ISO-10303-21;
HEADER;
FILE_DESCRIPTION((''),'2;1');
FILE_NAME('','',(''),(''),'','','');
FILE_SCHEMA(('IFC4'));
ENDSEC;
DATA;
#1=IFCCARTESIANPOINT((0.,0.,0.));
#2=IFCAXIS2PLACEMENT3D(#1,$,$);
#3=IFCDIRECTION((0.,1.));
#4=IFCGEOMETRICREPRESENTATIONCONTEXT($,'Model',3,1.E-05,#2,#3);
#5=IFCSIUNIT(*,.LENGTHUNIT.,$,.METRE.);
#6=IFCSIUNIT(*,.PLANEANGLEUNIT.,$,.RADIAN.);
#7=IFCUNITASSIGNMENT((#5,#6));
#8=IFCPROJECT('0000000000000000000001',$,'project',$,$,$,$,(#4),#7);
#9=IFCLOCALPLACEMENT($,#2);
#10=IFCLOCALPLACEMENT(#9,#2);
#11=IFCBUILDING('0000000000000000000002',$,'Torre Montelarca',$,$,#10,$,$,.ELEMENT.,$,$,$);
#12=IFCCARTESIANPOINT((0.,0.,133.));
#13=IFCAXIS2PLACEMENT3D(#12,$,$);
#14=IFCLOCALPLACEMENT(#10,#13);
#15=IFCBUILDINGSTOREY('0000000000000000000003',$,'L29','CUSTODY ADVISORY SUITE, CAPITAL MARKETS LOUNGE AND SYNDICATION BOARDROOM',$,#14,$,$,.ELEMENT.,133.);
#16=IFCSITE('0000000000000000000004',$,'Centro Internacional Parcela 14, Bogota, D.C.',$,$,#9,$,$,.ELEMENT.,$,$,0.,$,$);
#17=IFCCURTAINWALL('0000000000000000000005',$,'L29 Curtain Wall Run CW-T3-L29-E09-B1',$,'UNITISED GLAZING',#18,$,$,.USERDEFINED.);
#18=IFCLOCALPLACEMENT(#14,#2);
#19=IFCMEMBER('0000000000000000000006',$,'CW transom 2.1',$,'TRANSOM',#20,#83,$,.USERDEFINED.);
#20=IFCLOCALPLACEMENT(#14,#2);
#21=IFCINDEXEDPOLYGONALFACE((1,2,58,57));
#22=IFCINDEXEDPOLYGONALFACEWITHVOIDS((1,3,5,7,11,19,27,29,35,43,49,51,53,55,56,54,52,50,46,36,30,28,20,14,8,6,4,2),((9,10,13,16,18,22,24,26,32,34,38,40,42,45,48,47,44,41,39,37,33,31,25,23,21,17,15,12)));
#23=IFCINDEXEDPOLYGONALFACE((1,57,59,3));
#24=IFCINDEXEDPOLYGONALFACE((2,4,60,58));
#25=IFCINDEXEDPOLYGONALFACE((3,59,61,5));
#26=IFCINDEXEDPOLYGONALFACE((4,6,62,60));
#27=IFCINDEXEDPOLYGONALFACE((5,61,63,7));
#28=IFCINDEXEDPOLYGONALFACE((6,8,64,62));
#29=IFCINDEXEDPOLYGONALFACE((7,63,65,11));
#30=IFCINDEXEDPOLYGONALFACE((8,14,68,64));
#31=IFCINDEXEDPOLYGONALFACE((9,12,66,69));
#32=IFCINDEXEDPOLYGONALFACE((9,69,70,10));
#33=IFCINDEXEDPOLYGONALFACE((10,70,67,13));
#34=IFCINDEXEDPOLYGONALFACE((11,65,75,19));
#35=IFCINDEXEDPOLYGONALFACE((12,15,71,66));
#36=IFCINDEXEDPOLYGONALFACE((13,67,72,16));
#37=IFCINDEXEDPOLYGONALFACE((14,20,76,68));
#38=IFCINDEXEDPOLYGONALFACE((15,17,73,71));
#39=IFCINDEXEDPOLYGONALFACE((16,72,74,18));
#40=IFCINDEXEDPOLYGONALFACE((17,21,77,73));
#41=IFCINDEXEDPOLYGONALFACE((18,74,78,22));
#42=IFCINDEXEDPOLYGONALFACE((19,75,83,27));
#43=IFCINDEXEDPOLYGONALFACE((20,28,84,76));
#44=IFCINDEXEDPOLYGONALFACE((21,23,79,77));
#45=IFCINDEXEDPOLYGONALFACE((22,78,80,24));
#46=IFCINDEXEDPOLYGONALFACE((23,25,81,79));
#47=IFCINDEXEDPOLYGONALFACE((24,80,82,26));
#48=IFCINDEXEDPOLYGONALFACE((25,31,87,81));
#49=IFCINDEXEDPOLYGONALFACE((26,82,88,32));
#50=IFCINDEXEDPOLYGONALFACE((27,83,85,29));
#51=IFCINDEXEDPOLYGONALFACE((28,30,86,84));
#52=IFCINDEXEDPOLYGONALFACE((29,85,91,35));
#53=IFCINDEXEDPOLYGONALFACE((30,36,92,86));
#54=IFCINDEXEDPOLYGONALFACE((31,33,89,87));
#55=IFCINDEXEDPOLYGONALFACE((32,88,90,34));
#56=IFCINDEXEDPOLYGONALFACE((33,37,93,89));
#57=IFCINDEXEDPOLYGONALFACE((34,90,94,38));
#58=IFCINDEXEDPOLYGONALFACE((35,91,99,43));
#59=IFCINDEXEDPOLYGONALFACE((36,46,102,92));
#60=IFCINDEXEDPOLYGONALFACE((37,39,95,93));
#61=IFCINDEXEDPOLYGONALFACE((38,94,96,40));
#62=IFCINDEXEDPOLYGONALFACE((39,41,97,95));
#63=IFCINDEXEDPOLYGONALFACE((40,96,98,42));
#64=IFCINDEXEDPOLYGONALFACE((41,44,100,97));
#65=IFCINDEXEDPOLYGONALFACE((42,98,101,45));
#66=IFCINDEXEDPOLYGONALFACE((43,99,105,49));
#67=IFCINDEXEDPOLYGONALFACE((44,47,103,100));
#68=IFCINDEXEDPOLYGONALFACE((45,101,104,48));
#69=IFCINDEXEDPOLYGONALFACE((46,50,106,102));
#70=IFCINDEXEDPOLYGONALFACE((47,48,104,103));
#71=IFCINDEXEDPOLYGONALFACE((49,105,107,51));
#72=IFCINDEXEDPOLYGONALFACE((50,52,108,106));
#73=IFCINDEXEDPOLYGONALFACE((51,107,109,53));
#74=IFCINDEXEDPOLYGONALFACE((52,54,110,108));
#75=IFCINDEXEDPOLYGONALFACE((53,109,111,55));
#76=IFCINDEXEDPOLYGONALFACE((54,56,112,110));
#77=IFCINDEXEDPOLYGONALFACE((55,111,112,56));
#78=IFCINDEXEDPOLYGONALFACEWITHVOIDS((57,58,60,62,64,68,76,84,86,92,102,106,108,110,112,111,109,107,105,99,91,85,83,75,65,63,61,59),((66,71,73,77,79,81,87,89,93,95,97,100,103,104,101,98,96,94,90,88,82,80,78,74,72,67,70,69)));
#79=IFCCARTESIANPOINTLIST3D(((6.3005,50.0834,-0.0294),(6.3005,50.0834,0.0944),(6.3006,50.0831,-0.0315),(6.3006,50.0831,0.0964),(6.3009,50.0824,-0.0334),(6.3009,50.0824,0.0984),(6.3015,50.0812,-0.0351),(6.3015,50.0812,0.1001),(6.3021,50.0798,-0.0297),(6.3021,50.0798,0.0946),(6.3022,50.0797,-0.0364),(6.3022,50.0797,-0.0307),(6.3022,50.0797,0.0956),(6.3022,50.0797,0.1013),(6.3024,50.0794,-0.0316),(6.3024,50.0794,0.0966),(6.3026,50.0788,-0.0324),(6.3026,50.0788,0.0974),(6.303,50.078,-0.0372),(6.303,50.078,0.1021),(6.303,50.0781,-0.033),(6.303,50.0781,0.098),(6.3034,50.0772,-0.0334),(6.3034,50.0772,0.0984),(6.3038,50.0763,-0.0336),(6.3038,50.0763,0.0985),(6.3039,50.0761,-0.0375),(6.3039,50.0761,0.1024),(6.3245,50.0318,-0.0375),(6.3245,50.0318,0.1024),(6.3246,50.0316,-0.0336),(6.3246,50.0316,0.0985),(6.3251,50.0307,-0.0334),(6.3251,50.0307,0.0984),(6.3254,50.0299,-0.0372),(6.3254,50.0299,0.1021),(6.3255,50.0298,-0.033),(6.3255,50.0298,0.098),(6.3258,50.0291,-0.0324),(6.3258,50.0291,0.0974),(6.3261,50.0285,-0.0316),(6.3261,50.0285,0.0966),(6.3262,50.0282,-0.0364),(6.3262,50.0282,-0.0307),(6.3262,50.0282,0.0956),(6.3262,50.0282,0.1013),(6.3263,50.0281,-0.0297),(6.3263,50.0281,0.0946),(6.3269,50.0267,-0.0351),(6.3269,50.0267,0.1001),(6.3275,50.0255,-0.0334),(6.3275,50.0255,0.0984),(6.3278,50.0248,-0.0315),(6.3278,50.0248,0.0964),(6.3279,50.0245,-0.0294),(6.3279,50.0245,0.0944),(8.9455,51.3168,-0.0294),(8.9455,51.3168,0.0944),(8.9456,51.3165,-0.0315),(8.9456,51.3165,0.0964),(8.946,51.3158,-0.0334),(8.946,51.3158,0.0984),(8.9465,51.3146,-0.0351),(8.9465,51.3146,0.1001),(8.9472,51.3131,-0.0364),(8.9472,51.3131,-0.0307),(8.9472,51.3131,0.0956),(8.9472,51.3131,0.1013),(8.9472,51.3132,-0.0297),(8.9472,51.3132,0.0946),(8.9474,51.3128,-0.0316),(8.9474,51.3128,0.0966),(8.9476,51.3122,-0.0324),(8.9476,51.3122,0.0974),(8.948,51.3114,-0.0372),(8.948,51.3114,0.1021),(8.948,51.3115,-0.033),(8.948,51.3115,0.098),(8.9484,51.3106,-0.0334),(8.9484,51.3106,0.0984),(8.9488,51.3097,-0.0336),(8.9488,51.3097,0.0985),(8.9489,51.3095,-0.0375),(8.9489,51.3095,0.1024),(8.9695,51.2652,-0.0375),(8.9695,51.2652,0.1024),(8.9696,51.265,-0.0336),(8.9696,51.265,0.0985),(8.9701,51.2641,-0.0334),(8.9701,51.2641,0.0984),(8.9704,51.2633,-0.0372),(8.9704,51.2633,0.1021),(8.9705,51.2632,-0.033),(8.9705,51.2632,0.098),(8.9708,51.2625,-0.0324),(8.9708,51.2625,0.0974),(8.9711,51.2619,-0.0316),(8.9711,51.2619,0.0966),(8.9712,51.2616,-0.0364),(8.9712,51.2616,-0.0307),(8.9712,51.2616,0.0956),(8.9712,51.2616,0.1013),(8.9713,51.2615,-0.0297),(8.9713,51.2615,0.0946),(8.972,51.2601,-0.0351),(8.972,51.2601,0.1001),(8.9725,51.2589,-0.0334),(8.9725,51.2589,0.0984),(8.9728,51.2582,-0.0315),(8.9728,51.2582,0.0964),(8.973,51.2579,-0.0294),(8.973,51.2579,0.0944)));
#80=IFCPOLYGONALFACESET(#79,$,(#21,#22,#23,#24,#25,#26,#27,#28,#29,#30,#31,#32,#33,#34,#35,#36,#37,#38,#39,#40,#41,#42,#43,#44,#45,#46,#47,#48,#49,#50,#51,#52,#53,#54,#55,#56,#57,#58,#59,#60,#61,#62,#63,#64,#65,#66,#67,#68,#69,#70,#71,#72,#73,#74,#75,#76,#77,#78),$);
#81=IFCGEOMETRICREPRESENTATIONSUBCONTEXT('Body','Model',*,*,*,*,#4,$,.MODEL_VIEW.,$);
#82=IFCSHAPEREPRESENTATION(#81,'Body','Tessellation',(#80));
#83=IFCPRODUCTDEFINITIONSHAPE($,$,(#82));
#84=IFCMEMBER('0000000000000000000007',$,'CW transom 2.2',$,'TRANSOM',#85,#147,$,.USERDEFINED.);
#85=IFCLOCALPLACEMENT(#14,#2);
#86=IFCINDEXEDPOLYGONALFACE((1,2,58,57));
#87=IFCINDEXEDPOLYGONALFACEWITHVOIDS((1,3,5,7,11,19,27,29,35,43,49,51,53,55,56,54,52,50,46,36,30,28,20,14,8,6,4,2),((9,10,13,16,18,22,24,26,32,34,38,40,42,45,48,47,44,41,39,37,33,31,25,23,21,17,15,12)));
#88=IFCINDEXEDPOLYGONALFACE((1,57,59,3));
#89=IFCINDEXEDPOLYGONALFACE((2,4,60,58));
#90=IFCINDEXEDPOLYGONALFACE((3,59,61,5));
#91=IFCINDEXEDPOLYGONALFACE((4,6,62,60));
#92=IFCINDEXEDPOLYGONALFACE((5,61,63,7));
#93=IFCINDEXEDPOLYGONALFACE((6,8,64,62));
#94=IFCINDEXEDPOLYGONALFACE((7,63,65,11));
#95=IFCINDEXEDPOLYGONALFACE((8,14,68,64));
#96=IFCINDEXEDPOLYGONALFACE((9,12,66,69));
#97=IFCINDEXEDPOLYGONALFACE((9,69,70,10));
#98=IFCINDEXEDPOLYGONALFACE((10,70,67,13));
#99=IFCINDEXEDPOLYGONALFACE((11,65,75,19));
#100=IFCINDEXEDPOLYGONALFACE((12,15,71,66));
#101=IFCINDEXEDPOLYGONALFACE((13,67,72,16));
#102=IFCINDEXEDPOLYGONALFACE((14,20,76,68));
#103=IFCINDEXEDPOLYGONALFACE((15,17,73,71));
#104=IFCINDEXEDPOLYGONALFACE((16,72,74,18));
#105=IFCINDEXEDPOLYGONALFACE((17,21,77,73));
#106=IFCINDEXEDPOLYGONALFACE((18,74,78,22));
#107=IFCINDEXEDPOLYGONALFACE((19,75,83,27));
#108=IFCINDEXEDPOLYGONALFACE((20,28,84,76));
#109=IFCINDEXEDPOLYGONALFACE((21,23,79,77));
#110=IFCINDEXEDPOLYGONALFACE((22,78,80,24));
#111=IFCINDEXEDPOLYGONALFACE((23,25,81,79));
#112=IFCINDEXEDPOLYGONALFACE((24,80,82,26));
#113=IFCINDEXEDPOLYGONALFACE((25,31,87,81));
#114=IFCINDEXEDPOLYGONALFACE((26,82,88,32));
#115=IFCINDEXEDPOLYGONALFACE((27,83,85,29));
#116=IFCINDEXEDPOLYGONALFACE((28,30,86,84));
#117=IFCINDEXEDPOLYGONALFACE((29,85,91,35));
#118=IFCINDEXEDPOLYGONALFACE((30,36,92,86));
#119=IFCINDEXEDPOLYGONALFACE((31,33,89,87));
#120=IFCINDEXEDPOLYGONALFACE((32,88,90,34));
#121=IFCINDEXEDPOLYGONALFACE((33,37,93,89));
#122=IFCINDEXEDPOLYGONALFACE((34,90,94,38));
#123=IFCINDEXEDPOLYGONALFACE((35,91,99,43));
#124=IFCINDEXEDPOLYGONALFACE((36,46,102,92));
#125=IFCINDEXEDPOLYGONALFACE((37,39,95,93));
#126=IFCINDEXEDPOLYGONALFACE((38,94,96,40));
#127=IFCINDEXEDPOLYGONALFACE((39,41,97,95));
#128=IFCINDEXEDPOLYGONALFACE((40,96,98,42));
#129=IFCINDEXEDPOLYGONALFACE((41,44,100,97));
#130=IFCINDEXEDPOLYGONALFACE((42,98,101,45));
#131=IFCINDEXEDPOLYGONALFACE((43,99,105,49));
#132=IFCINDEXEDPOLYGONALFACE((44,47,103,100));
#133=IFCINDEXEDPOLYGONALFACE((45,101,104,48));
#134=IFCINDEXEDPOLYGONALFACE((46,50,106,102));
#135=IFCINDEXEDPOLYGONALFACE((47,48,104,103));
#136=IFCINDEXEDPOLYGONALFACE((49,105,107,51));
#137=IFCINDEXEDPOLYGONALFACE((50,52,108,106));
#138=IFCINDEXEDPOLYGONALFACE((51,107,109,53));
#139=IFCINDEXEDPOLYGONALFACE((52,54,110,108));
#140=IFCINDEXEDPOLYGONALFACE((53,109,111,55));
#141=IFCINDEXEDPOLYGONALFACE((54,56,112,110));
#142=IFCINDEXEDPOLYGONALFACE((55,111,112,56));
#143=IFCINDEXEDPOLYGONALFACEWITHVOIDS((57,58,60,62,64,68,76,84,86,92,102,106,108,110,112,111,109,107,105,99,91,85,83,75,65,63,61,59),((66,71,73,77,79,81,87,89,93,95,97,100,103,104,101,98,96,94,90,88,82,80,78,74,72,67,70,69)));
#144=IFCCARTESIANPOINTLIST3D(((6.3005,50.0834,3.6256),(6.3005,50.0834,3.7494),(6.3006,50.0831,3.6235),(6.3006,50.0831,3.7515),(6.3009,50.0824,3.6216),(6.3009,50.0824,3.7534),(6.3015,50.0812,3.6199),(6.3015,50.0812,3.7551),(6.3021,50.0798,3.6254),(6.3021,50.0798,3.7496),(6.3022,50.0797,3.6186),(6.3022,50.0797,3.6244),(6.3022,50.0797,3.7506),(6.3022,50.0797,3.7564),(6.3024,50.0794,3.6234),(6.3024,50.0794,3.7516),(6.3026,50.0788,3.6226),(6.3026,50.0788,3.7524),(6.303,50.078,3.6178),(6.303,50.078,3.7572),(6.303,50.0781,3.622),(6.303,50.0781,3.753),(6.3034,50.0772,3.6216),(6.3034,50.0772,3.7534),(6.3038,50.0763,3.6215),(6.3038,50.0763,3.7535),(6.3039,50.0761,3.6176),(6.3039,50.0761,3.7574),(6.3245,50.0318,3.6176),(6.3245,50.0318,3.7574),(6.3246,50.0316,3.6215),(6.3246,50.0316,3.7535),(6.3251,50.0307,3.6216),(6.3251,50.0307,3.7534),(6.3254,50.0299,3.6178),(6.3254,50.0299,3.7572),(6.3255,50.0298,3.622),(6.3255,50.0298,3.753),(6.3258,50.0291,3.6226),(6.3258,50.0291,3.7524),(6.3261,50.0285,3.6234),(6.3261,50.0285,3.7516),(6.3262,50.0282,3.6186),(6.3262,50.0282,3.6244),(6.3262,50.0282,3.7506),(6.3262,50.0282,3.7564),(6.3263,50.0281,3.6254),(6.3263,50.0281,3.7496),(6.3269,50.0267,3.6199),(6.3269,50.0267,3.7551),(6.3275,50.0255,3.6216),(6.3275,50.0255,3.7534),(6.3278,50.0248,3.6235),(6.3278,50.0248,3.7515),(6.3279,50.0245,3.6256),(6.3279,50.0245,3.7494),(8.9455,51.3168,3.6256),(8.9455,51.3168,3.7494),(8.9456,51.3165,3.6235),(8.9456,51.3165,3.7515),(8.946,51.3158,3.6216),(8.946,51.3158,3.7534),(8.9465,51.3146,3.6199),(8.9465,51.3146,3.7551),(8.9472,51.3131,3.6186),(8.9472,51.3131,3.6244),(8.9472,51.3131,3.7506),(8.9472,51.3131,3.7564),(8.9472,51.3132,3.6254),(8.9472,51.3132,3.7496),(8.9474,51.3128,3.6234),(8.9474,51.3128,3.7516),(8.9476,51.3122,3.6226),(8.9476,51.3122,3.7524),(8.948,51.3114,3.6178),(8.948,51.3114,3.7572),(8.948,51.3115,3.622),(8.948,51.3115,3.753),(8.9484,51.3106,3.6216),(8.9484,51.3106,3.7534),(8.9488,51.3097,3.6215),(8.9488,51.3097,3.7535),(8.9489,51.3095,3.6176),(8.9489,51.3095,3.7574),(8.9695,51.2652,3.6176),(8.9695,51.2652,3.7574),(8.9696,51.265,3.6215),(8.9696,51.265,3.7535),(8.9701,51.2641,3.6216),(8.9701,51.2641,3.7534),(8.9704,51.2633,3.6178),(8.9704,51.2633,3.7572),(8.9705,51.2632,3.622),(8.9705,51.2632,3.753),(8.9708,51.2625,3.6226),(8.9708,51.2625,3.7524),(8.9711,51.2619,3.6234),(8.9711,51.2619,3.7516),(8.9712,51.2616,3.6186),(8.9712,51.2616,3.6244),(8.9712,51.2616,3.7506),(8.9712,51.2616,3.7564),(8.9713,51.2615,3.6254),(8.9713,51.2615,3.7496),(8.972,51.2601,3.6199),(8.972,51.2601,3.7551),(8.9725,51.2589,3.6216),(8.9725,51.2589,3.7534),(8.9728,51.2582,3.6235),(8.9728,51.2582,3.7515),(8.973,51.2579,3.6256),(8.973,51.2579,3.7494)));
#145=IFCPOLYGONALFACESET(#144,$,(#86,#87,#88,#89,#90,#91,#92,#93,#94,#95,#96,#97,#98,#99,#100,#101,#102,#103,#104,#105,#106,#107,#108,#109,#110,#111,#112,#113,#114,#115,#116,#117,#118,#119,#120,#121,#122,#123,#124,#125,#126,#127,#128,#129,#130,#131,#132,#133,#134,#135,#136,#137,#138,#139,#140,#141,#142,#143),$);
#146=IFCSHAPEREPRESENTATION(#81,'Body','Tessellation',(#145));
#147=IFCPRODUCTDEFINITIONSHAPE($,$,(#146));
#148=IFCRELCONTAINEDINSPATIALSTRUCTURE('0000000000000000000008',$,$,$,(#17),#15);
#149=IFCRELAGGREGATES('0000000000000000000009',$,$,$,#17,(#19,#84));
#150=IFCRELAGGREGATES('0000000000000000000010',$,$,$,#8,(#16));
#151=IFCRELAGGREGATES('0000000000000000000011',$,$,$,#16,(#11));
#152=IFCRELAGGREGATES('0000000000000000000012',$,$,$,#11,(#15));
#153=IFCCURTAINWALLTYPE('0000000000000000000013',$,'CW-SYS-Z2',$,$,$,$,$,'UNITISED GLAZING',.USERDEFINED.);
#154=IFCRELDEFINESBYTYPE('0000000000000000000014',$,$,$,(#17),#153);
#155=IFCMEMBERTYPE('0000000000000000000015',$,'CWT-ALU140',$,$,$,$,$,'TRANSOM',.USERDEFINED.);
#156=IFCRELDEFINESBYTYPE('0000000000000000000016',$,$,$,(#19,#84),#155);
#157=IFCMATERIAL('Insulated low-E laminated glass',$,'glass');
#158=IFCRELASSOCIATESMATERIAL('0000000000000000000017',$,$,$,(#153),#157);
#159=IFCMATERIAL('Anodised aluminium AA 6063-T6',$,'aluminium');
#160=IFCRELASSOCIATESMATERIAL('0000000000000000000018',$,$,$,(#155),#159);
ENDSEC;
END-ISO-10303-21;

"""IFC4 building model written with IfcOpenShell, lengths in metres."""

from ifc_helpers import new_model, si_unit, direction, frame, origin, origin_2d, place, context, subcontext, project, spatial, hollow_rectangle, extrude, source, transform, mapped, material, material_profile, profile_set, type_object, element, aggregate, save


model = new_model("IFC4")

# Units and contexts
model_context = context("Model", 3, precision=1e-05, world=origin(), true_north=direction((0.0, 1.0)))
body_context = subcontext(model_context, "Body", "Model", "MODEL_VIEW")
ifc_project = project(units=[si_unit("LENGTHUNIT", "METRE"), si_unit("PLANEANGLEUNIT", "RADIAN")], contexts=[model_context])

# Site, building, storey
site_placement = place(None, origin())
site = spatial("IfcSite", under=ifc_project, at=site_placement, Name="Centro Internacional Parcela 14, Bogota, D.C.", CompositionType="ELEMENT", RefElevation=0.0)
building_placement = place(site_placement, origin())
building = spatial("IfcBuilding", under=site, at=building_placement, Name="Torre Montelarca", CompositionType="ELEMENT")
storey_placement = place(building_placement, frame((0.0, 0.0, 133.0)))
storey = spatial("IfcBuildingStorey", under=building, at=storey_placement, Name="L29", Description="CUSTODY ADVISORY SUITE, CAPITAL MARKETS LOUNGE AND SYNDICATION BOARDROOM", CompositionType="ELEMENT", Elevation=133.0)

# Curtain wall, members
ifc_material_1 = material(Name="Insulated low-E laminated glass", Category="glass")
curtain_wall_type = type_object("IfcCurtainWallType", Name="CW-SYS-Z2", ElementType="UNITISED GLAZING", PredefinedType="USERDEFINED", material=ifc_material_1)
curtain_wall_1_placement = place(storey_placement, origin())
curtain_wall_1 = element("IfcCurtainWall", 1, at=curtain_wall_1_placement, inside=storey, type_object=curtain_wall_type, Name="L29 Curtain Wall Run CW-T3-L29-E09-B1", ObjectType="UNITISED GLAZING", PredefinedType="USERDEFINED")
ifc_material_2 = material(Name="Anodised aluminium AA 6063-T6", Category="aluminium")
ifc_material_profile_1 = material_profile(ifc_material_2, hollow_rectangle(XDim=0.0649, YDim=0.1399, WallThickness=0.0039, InnerFilletRadius=0.0039, OuterFilletRadius=0.0081, at=origin_2d()), Name="ALU65X140X4", Category="aluminium")
ifc_profile_set_1 = profile_set([ifc_material_profile_1], Name="Anodised aluminium AA 6063-T6")
member_type_1 = type_object("IfcMemberType", Name="CWT-ALU140", ElementType="TRANSOM", PredefinedType="USERDEFINED", material=ifc_profile_set_1)
shared_shape_1 = source(origin(), body_context, "Body", "SweptSolid", [
    extrude(hollow_rectangle(XDim=0.0649, YDim=0.1399, WallThickness=0.0039, InnerFilletRadius=0.0039, OuterFilletRadius=0.0081, at=origin_2d()), origin(), (0.0, 0.0, 1.0), 2.9185),
])
member_1_placement = place(storey_placement, frame((8.9592, 51.2874, 0.0325), z_axis=(-0.906307, -0.42262, 0.0), x_axis=(0.42262, -0.906307, 0.0)))
member_1 = element("IfcMember", 2, at=member_1_placement, type_object=member_type_1, Name="CW transom 2.1", ObjectType="TRANSOM", PredefinedType="USERDEFINED", context=body_context, shape_type="MappedRepresentation", body=[
    mapped(shared_shape_1, transform((0.0, 0.0, 0.0), scale=1.0)),
])
member_2_placement = place(storey_placement, frame((8.9592, 51.2874, 3.6875), z_axis=(-0.906307, -0.42262, 0.0), x_axis=(0.42262, -0.906307, 0.0)))
member_2 = element("IfcMember", 3, at=member_2_placement, type_object=member_type_1, Name="CW transom 2.2", ObjectType="TRANSOM", PredefinedType="USERDEFINED", context=body_context, shape_type="MappedRepresentation", body=[
    mapped(shared_shape_1, transform((0.0, 0.0, 0.0), scale=1.0)),
])

aggregate(curtain_wall_1, [member_1, member_2])

save(model, "model.ifc")
